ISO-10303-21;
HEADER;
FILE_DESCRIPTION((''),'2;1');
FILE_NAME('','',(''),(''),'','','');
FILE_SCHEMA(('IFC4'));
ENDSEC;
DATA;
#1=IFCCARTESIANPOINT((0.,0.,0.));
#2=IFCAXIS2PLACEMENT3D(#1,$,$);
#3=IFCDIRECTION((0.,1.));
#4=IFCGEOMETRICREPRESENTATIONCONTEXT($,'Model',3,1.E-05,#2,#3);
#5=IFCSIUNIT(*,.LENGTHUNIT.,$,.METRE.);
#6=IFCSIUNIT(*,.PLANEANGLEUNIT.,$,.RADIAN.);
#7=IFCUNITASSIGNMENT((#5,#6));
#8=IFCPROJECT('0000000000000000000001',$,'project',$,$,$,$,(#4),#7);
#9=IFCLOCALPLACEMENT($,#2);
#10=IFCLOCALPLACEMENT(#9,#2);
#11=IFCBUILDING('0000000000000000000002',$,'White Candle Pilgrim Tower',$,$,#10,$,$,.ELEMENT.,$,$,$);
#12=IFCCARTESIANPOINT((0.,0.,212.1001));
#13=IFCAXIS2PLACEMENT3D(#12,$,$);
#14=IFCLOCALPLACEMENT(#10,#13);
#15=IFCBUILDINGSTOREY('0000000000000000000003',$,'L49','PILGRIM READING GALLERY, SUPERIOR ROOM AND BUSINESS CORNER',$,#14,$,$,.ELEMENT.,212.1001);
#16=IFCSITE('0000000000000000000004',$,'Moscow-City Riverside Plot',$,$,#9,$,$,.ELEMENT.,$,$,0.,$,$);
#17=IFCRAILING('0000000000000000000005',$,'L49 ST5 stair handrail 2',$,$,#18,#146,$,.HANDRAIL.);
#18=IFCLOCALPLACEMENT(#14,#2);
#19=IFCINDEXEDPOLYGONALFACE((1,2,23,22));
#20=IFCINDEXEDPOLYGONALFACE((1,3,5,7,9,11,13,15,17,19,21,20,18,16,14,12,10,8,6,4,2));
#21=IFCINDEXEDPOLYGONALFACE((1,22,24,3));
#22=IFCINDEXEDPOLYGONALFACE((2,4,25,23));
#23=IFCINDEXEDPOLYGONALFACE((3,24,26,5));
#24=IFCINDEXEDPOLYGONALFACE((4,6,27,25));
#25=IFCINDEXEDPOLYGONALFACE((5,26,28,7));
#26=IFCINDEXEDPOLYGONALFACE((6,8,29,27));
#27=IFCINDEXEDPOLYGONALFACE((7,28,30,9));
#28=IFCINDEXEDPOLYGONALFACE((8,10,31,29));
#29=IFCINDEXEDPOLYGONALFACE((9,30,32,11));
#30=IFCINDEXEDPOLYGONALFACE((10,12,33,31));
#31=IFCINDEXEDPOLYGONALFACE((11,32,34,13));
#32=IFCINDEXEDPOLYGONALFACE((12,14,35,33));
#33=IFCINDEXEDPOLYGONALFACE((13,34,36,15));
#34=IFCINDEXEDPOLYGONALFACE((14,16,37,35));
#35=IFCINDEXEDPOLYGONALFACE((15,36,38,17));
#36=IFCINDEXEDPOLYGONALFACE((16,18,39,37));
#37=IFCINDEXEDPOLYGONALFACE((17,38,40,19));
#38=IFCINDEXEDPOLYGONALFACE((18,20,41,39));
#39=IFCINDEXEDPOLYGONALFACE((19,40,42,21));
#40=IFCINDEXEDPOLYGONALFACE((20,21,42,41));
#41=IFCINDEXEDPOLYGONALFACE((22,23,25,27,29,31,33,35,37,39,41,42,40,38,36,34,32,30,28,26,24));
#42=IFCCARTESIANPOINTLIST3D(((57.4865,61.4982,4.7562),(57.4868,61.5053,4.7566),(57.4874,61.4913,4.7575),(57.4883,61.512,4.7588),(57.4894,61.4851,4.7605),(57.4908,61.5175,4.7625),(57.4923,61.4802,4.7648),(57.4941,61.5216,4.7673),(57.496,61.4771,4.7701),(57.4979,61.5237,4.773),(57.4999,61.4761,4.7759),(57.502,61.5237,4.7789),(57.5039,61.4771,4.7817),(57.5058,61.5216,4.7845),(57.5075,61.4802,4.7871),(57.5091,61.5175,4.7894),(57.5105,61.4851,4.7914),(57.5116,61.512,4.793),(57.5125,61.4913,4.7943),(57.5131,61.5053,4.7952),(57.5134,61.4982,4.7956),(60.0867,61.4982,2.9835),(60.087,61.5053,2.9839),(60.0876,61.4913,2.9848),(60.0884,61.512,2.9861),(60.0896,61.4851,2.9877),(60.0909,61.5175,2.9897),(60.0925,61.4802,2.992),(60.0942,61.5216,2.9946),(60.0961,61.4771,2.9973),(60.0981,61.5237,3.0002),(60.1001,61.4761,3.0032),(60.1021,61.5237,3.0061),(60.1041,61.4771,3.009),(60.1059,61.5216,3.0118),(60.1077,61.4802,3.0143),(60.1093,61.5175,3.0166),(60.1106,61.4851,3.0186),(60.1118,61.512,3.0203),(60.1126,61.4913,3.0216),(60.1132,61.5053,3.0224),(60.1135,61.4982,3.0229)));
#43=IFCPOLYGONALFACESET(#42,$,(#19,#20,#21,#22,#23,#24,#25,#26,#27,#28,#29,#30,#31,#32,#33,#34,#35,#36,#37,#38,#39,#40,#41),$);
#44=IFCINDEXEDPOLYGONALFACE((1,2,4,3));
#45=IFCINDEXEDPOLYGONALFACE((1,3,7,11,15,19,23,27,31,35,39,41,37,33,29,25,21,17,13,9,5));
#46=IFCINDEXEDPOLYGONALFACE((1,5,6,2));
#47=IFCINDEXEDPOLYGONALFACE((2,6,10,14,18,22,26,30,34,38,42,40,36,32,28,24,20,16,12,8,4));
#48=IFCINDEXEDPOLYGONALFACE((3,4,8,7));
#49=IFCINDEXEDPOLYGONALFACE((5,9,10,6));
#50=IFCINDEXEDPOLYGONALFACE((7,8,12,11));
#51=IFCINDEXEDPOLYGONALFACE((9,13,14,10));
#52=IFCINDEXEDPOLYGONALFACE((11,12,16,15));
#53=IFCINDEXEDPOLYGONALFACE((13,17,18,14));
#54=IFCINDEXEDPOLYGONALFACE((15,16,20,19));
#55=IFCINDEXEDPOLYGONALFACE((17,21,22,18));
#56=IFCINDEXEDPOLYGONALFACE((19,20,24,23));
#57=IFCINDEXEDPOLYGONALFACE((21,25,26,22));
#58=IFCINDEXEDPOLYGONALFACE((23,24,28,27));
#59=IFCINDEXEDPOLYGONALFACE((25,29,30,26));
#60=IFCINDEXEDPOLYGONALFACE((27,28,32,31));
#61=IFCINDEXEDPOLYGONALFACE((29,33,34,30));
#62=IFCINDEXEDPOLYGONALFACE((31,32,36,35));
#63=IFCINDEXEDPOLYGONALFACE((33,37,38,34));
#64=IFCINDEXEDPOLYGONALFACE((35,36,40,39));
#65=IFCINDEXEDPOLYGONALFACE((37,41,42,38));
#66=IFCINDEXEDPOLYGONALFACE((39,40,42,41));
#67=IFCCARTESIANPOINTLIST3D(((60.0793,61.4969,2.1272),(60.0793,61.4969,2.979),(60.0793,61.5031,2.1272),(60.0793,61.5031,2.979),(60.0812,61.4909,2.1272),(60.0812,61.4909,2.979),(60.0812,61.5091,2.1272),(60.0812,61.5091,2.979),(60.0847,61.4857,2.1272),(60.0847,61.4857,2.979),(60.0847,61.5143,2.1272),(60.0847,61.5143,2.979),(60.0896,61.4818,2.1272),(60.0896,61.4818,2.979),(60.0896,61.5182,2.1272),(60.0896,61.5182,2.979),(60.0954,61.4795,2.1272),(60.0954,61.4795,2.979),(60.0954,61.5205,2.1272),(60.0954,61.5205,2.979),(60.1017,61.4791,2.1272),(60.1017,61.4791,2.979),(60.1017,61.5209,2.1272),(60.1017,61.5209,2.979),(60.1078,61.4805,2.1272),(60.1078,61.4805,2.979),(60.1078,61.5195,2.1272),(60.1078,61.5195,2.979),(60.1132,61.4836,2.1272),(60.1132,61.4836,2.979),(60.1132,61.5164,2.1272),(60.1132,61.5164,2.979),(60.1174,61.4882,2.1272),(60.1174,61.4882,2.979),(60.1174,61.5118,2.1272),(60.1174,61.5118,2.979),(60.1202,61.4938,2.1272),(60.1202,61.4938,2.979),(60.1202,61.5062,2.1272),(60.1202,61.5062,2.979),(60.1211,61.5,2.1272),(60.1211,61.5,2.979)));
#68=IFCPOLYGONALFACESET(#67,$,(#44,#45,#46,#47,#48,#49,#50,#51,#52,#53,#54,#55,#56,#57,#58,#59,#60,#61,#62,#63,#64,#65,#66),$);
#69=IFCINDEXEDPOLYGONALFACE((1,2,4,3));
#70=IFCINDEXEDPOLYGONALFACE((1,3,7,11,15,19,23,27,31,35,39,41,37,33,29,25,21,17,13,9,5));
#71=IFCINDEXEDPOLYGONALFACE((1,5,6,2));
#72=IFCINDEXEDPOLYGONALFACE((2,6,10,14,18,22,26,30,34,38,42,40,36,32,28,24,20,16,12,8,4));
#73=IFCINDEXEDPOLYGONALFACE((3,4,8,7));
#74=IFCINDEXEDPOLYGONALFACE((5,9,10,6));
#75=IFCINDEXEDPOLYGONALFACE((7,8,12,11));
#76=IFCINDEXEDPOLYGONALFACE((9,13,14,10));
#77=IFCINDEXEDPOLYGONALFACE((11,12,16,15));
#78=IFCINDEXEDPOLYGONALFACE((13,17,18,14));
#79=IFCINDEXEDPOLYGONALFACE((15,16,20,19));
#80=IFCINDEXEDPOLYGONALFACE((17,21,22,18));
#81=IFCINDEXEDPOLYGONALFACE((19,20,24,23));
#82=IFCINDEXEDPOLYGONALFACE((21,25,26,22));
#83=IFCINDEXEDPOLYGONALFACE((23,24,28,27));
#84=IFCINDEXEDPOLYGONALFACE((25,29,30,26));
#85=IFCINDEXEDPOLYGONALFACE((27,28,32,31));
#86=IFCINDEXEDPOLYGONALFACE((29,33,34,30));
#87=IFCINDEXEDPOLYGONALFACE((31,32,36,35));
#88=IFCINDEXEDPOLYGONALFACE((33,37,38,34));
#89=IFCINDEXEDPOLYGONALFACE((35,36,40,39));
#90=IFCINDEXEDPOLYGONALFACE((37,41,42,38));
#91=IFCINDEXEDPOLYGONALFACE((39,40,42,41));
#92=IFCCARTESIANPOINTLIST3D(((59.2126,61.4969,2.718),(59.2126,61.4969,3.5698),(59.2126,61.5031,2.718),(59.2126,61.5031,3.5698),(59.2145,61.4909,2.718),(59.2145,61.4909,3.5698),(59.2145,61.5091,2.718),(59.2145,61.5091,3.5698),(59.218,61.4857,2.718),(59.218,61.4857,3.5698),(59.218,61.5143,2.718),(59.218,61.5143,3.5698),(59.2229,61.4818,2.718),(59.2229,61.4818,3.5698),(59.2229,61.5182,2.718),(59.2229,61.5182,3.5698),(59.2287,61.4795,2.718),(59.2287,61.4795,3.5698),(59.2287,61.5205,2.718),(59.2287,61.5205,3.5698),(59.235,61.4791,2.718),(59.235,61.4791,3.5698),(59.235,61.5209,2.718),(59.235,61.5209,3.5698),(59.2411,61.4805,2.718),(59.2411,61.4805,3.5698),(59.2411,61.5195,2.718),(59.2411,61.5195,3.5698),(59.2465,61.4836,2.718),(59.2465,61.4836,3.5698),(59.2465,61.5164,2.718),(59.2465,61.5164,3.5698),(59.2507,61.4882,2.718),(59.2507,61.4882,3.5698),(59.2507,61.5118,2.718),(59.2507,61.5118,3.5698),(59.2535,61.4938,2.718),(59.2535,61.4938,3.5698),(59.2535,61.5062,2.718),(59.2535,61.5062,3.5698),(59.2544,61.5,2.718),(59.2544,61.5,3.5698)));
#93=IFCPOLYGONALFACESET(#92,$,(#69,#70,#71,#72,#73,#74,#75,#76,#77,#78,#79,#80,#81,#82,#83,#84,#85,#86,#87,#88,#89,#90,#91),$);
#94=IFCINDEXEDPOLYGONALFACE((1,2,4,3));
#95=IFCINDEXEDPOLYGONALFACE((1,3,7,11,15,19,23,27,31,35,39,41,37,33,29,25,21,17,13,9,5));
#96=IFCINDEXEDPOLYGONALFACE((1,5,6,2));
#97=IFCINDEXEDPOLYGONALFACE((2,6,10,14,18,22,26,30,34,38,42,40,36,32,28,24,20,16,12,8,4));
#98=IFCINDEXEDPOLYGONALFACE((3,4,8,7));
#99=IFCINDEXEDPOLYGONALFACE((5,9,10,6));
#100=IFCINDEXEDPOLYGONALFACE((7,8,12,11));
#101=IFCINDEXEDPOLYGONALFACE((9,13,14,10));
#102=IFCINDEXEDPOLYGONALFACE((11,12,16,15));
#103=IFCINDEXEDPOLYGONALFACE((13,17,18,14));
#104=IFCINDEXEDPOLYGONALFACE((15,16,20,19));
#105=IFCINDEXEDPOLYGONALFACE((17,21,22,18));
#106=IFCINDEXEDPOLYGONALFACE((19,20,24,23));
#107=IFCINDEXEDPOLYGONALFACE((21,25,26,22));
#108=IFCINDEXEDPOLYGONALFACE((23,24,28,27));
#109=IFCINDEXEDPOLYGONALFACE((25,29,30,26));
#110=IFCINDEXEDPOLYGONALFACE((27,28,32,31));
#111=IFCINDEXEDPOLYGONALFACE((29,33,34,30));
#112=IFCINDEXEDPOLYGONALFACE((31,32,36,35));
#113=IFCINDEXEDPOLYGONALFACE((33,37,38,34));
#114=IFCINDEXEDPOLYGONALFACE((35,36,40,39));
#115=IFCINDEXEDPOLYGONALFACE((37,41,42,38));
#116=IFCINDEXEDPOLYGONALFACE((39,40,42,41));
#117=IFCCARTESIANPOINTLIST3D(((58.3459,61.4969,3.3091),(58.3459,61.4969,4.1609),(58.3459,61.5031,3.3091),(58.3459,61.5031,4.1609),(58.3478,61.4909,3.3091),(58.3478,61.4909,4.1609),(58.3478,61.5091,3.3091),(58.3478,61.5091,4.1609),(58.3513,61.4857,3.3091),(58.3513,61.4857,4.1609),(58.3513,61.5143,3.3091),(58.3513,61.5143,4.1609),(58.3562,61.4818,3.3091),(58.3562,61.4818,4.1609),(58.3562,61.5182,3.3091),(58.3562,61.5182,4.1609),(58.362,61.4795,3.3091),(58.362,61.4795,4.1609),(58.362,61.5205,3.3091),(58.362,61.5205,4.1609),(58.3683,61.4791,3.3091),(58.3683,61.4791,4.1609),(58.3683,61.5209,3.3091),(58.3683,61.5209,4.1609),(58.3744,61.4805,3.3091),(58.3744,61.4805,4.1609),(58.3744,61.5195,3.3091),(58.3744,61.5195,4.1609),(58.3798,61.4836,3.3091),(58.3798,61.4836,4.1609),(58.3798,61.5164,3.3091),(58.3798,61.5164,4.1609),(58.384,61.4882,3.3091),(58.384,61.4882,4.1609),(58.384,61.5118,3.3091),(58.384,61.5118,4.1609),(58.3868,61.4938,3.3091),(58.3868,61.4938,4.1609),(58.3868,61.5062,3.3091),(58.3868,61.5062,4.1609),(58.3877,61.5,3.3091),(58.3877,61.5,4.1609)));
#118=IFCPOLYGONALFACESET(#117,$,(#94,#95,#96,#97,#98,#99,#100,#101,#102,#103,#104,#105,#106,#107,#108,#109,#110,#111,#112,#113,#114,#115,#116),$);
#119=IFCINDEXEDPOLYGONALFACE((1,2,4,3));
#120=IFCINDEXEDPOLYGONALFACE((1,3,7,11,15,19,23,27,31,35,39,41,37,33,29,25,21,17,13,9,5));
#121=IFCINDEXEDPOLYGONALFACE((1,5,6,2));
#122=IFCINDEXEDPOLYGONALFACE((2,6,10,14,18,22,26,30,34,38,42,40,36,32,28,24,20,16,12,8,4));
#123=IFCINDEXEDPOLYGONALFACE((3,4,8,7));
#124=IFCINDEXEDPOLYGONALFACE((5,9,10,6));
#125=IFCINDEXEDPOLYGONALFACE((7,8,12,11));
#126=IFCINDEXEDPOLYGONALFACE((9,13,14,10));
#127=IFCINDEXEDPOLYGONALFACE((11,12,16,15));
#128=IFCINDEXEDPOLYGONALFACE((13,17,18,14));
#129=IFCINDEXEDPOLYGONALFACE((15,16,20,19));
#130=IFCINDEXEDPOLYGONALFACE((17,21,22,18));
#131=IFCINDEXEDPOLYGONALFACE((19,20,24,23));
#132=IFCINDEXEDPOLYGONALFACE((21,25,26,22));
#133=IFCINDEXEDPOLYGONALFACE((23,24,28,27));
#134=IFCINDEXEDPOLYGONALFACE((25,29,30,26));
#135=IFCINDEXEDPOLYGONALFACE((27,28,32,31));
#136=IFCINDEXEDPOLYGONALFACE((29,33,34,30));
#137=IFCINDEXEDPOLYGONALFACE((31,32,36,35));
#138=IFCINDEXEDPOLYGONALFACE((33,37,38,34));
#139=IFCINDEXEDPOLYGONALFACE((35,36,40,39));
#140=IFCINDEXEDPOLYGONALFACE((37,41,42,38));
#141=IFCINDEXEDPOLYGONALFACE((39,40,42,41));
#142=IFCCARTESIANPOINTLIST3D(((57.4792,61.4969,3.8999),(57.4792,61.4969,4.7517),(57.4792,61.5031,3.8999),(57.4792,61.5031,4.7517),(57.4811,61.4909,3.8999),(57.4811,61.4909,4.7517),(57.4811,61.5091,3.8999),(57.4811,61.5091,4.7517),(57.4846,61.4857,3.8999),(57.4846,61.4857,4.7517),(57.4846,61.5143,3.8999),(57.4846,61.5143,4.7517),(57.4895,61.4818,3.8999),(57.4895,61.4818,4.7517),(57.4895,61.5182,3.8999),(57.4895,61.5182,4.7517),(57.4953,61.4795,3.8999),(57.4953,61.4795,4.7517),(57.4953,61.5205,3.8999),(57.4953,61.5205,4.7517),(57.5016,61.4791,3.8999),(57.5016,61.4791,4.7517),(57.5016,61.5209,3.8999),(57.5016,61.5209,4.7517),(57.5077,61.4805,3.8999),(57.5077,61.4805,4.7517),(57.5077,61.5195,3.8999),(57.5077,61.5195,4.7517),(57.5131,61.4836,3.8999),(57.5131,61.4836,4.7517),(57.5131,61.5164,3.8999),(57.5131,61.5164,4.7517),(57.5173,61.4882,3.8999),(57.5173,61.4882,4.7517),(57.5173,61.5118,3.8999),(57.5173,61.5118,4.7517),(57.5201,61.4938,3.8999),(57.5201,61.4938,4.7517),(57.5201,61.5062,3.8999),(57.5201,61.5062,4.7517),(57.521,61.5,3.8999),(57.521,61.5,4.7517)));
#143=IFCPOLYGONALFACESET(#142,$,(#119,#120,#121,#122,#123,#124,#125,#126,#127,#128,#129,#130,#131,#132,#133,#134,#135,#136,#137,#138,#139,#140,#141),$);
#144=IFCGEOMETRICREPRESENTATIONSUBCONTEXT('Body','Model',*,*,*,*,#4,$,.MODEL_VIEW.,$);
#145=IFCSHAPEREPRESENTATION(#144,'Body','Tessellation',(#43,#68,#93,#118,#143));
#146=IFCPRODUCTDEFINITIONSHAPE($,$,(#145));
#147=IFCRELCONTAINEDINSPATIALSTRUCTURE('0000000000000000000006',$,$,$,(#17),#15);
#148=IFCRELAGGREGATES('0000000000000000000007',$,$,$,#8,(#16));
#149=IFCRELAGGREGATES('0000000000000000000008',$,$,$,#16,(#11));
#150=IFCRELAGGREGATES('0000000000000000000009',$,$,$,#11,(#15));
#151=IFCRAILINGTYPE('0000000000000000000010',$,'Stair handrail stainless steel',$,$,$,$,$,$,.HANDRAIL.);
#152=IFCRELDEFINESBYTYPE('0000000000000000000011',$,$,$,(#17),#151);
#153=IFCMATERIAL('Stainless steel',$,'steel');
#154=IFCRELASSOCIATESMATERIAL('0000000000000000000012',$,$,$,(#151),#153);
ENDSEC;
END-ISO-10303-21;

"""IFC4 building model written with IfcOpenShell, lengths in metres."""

from ifc_helpers import new_model, si_unit, direction, frame, origin, origin_2d, place, context, subcontext, project, spatial, circle, extrude, material, type_object, element, save


model = new_model("IFC4")

# Units and contexts
model_context = context("Model", 3, precision=1e-05, world=origin(), true_north=direction((0.0, 1.0)))
body_context = subcontext(model_context, "Body", "Model", "MODEL_VIEW")
ifc_project = project(units=[si_unit("LENGTHUNIT", "METRE"), si_unit("PLANEANGLEUNIT", "RADIAN")], contexts=[model_context])

# Site, building, storey
site_placement = place(None, origin())
site = spatial("IfcSite", under=ifc_project, at=site_placement, Name="Moscow-City Riverside Plot", CompositionType="ELEMENT", RefElevation=0.0)
building_placement = place(site_placement, origin())
building = spatial("IfcBuilding", under=site, at=building_placement, Name="White Candle Pilgrim Tower", CompositionType="ELEMENT")
storey_placement = place(building_placement, frame((0.0, 0.0, 212.1001)))
storey = spatial("IfcBuildingStorey", under=building, at=storey_placement, Name="L49", Description="PILGRIM READING GALLERY, SUPERIOR ROOM AND BUSINESS CORNER", CompositionType="ELEMENT", Elevation=212.1001)

# Railing
ifc_material_1 = material(Name="Stainless steel", Category="steel")
railing_type_1 = type_object("IfcRailingType", Name="Stair handrail stainless steel", PredefinedType="HANDRAIL", material=ifc_material_1)
railing_1_placement = place(storey_placement, frame((60.1001, 61.5, 2.1272)))
element("IfcRailing", 1, at=railing_1_placement, inside=storey, type_object=railing_type_1, Name="L49 ST5 stair handrail 2", PredefinedType="HANDRAIL", context=body_context, shape_type="SweptSolid", body=[
    extrude(circle(Radius=0.0239, at=origin_2d()), frame((0.0, 0.0, 0.876), z_axis=(-0.82624, 0.0, 0.563318), x_axis=(0.0, -1.0, 0.0)), (0.0, 0.0, 1.0), 3.147),
    extrude(circle(Radius=0.021, at=origin_2d()), origin(), (0.0, 0.0, 1.0), 0.8518),
    extrude(circle(Radius=0.021, at=origin_2d()), frame((-0.8667, 0.0, 0.5908)), (0.0, 0.0, 1.0), 0.8518),
    extrude(circle(Radius=0.021, at=origin_2d()), frame((-1.7334, 0.0, 1.1819)), (0.0, 0.0, 1.0), 0.8518),
    extrude(circle(Radius=0.021, at=origin_2d()), frame((-2.6001, 0.0, 1.7727)), (0.0, 0.0, 1.0), 0.8518),
])

save(model, "model.ifc")
